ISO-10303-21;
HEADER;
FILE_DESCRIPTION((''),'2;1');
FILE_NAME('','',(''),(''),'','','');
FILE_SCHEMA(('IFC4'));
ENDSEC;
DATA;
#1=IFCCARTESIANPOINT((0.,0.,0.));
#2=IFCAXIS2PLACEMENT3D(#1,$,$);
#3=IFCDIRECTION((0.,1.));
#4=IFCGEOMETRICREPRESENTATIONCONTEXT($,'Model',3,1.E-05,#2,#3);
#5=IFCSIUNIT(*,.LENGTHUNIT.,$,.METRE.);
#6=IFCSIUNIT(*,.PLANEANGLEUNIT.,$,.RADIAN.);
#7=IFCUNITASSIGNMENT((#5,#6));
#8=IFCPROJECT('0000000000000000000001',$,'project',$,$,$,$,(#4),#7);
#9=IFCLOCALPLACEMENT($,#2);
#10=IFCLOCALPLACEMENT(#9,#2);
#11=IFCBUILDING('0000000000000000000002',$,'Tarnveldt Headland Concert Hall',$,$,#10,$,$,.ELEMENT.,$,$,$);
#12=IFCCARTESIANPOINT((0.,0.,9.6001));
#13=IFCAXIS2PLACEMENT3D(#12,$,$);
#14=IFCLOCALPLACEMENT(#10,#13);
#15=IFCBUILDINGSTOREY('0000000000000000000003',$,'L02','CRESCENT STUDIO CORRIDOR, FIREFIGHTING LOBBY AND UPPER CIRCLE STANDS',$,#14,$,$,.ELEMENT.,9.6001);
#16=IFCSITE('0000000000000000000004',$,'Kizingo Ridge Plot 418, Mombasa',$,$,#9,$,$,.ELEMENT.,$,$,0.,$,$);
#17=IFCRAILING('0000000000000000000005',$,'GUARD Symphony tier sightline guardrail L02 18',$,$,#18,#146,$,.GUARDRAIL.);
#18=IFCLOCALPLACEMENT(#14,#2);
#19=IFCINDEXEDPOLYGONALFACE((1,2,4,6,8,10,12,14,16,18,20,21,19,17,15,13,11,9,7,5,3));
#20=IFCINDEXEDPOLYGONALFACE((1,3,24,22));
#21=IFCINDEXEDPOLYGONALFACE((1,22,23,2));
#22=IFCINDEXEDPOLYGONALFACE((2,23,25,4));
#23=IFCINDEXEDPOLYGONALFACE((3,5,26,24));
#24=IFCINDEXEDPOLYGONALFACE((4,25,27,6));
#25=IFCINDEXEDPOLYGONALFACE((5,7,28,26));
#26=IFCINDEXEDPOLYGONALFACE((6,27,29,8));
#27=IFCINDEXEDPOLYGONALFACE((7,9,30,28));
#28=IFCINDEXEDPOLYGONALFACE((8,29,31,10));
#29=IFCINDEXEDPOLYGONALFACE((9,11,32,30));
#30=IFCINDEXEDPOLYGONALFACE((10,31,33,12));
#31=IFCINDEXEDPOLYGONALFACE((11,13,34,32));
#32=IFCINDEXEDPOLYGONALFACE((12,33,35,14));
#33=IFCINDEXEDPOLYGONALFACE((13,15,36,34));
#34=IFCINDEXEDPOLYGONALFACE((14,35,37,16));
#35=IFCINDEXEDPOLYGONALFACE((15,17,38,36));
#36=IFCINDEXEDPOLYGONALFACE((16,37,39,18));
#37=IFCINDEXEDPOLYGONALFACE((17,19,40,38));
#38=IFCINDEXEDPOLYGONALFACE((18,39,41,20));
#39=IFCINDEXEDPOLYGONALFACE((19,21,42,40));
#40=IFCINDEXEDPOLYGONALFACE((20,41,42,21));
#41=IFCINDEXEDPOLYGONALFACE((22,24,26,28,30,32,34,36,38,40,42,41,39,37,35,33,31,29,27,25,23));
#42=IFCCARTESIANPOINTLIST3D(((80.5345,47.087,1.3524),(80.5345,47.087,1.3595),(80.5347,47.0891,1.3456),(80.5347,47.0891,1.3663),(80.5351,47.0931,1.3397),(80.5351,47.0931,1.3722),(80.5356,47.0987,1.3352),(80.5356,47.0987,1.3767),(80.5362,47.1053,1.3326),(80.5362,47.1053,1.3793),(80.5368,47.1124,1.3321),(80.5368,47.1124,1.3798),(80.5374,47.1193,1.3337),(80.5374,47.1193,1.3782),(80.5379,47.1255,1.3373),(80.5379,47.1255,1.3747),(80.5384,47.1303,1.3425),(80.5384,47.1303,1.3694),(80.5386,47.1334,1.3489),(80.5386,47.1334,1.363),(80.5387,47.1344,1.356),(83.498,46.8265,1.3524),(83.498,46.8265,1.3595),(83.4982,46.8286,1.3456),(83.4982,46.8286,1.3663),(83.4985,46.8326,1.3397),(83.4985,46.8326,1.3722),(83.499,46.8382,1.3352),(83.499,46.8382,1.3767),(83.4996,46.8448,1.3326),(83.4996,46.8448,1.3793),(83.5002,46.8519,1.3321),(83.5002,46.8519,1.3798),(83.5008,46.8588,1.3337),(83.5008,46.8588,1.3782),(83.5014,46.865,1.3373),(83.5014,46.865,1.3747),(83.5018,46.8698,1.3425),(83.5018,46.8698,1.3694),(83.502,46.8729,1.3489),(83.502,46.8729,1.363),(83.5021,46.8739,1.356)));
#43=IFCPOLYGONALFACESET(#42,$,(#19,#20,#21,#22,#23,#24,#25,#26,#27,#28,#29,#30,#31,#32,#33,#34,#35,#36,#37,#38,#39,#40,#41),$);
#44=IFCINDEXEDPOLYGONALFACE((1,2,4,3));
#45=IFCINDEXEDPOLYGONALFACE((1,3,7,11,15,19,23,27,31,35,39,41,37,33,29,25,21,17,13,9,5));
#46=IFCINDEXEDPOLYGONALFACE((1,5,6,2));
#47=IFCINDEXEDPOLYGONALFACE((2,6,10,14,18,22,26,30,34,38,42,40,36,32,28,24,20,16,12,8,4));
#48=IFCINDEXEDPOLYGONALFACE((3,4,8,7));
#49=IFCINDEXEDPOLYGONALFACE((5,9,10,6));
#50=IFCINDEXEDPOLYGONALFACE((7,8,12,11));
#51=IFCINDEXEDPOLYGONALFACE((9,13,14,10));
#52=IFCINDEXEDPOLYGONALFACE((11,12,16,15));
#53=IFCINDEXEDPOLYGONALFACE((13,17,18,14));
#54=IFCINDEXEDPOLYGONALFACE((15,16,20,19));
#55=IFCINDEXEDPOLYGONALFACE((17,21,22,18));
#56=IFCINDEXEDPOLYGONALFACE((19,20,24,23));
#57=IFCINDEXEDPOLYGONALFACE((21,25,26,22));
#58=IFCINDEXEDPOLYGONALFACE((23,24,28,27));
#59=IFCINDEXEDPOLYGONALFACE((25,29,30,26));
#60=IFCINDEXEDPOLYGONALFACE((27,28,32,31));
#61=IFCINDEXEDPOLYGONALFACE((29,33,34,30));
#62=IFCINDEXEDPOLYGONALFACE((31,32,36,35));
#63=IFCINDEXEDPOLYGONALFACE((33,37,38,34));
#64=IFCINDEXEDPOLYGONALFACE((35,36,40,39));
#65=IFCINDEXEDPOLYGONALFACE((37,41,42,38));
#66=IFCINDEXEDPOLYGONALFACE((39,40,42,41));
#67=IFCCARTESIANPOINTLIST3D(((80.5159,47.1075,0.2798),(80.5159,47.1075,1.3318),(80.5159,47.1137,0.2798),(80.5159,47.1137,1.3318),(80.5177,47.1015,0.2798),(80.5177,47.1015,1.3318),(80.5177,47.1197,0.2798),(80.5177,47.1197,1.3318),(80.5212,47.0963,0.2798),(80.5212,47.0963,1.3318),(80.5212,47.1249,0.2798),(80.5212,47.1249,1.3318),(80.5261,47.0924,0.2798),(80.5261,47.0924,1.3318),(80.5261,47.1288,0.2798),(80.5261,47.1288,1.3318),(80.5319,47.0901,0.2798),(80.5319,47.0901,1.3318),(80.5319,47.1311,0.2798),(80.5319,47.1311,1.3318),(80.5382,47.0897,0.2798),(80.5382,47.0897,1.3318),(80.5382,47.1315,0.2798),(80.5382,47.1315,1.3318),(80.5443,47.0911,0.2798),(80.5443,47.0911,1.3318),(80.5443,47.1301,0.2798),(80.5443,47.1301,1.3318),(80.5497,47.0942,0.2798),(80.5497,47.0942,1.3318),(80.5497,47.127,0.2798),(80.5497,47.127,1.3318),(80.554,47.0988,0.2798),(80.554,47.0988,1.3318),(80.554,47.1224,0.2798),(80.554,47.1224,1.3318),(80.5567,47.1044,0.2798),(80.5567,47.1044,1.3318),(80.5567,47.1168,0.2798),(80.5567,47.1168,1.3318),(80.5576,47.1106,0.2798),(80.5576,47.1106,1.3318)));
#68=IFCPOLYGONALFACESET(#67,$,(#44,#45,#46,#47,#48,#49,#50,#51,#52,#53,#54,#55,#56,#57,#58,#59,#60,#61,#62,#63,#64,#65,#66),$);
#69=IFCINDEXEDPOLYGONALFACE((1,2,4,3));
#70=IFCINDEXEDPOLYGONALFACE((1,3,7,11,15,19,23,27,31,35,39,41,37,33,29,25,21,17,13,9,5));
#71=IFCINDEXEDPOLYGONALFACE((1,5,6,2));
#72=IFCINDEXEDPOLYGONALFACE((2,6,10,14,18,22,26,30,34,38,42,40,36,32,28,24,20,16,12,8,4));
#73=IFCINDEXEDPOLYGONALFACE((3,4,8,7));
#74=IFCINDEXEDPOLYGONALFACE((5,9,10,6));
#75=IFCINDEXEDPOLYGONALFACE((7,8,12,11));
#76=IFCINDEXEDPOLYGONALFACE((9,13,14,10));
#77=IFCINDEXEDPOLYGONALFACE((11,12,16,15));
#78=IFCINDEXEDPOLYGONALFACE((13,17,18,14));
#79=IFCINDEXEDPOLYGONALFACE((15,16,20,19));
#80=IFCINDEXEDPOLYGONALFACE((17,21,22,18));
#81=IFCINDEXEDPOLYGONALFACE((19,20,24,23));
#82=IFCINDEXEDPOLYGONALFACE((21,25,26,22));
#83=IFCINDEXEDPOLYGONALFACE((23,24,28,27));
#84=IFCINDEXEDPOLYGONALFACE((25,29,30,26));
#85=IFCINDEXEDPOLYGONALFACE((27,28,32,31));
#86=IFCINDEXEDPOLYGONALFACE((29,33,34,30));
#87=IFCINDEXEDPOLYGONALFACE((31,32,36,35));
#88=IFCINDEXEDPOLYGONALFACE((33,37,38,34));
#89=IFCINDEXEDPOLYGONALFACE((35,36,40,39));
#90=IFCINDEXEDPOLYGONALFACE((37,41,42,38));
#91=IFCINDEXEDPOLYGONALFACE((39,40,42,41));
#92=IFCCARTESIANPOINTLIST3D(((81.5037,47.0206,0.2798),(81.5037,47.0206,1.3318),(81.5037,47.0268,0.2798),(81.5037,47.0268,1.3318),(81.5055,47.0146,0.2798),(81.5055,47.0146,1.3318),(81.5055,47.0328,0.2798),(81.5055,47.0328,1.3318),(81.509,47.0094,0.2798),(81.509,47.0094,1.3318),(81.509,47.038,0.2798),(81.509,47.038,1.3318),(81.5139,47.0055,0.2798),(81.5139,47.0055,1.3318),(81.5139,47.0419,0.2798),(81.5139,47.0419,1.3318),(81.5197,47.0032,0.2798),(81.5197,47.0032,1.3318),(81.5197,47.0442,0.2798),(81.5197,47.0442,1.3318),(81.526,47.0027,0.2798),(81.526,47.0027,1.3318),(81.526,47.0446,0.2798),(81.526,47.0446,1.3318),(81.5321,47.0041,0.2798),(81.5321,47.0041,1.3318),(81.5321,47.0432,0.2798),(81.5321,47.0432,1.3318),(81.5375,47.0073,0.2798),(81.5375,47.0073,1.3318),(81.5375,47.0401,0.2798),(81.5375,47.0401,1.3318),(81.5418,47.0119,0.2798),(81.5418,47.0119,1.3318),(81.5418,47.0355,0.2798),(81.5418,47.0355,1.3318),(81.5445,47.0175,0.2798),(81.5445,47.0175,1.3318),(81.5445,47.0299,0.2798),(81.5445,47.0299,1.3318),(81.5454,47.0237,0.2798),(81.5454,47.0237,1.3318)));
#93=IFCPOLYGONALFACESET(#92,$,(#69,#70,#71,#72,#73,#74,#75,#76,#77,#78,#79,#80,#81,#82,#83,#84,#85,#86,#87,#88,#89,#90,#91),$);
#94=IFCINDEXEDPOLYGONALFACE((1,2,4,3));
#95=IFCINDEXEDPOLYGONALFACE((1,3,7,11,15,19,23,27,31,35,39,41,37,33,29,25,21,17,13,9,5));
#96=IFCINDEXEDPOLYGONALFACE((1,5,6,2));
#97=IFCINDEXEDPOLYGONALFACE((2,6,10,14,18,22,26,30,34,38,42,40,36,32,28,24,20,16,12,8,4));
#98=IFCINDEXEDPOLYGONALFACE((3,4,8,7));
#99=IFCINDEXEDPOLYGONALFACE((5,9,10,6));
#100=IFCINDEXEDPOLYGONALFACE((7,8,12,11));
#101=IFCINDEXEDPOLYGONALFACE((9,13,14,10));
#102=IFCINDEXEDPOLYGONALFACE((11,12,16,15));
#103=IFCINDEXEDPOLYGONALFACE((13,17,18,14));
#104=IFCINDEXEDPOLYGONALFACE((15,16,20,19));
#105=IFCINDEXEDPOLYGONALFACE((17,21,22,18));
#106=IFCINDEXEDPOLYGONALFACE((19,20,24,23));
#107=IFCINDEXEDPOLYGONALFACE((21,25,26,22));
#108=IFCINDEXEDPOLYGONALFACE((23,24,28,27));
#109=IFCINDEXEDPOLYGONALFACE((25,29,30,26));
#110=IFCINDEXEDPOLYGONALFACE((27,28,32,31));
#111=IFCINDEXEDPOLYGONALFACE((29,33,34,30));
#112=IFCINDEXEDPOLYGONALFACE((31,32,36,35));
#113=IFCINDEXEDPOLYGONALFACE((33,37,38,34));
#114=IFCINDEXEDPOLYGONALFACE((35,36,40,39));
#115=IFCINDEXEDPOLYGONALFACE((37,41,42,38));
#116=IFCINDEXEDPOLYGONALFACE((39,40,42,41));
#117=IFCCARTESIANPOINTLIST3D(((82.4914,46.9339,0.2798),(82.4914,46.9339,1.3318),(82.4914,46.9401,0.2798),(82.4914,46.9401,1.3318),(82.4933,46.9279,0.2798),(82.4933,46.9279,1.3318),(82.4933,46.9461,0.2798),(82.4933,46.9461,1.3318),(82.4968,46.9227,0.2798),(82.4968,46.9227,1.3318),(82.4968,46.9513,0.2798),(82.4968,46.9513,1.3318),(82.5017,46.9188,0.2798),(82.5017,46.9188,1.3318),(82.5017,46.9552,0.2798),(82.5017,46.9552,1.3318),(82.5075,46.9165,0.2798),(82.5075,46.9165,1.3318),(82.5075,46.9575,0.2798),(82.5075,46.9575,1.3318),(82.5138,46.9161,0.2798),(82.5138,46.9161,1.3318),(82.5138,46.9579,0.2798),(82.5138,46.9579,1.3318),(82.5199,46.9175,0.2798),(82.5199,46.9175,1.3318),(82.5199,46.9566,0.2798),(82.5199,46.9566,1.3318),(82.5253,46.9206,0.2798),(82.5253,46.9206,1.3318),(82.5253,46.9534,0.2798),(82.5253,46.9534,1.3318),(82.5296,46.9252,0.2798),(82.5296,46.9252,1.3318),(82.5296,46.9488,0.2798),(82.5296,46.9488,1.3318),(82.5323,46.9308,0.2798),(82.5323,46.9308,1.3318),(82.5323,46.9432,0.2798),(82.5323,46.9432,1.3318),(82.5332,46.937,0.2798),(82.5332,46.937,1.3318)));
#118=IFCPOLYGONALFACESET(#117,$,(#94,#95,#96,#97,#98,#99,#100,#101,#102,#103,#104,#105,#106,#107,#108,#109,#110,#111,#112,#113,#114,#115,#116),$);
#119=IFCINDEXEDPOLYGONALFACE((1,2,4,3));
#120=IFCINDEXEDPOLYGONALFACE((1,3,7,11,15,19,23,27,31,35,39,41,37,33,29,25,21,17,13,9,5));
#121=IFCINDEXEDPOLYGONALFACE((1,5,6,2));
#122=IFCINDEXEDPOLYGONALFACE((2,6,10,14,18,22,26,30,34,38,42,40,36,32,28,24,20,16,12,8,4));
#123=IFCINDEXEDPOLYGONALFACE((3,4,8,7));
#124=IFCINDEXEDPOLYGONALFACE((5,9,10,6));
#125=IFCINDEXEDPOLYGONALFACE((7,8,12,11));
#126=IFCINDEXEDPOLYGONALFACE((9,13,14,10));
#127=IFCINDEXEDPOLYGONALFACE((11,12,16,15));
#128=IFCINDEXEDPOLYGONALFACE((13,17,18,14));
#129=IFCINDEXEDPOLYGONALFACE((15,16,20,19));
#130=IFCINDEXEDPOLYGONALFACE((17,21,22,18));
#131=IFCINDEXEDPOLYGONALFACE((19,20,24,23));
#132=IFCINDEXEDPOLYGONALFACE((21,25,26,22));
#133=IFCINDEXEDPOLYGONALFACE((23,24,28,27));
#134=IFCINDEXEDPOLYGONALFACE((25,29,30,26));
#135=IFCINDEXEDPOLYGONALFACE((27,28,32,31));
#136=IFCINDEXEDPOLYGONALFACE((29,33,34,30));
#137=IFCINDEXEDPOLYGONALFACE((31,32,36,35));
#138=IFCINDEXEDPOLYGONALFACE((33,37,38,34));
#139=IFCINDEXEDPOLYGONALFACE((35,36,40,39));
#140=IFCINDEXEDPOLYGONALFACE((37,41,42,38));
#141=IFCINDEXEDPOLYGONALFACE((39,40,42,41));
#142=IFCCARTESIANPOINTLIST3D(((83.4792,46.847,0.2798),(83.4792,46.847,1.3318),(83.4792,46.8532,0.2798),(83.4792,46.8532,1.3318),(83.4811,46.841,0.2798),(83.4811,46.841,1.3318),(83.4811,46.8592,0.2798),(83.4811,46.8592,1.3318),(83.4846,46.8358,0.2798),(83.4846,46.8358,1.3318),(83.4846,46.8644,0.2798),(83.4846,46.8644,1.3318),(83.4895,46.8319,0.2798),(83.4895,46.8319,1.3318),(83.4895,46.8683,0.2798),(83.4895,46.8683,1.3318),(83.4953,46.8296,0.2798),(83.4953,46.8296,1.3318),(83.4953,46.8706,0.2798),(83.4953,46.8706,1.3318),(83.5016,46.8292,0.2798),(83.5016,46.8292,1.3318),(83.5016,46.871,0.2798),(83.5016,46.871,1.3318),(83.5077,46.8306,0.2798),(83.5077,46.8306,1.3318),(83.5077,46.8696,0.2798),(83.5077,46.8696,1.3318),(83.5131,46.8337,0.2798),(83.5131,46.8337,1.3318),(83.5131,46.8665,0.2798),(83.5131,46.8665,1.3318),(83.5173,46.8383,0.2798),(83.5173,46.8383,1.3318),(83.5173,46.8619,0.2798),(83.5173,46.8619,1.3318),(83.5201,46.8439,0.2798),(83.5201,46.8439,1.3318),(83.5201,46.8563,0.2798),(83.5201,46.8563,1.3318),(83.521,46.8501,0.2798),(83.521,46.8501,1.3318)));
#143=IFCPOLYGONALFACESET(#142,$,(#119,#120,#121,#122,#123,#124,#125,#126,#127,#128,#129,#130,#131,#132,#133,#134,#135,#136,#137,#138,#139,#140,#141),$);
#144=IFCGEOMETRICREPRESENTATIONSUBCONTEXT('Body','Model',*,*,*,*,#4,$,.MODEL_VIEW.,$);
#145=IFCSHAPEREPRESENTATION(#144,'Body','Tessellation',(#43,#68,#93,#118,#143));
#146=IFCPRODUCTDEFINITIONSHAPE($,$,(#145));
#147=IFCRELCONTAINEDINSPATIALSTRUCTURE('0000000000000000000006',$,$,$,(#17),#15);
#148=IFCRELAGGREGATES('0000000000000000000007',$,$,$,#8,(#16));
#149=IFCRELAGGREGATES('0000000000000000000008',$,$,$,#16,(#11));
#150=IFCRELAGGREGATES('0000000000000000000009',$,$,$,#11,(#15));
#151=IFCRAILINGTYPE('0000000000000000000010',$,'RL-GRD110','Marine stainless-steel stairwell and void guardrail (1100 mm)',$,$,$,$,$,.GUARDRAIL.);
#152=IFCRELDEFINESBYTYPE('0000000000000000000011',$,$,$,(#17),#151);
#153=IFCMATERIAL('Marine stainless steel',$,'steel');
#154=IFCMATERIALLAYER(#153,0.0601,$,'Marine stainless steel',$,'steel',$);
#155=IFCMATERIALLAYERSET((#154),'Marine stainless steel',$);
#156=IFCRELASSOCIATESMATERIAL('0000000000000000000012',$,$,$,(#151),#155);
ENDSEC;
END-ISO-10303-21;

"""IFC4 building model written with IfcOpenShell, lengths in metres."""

from ifc_helpers import new_model, si_unit, direction, frame, origin, origin_2d, place, context, subcontext, project, spatial, circle, extrude, material, layer, layer_set, type_object, element, save


model = new_model("IFC4")

# Units and contexts
model_context = context("Model", 3, precision=1e-05, world=origin(), true_north=direction((0.0, 1.0)))
body_context = subcontext(model_context, "Body", "Model", "MODEL_VIEW")
ifc_project = project(units=[si_unit("LENGTHUNIT", "METRE"), si_unit("PLANEANGLEUNIT", "RADIAN")], contexts=[model_context])

# Site, building, storey
site_placement = place(None, origin())
site = spatial("IfcSite", under=ifc_project, at=site_placement, Name="Kizingo Ridge Plot 418, Mombasa", CompositionType="ELEMENT", RefElevation=0.0)
building_placement = place(site_placement, origin())
building = spatial("IfcBuilding", under=site, at=building_placement, Name="Tarnveldt Headland Concert Hall", CompositionType="ELEMENT")
storey_placement = place(building_placement, frame((0.0, 0.0, 9.6001)))
storey = spatial("IfcBuildingStorey", under=building, at=storey_placement, Name="L02", Description="CRESCENT STUDIO CORRIDOR, FIREFIGHTING LOBBY AND UPPER CIRCLE STANDS", CompositionType="ELEMENT", Elevation=9.6001)

# Railing
ifc_material_1 = material(Name="Marine stainless steel", Category="steel")
ifc_layer_1 = layer(ifc_material_1, 0.0601, Name="Marine stainless steel", Category="steel")
ifc_layer_set_1 = layer_set([ifc_layer_1], Name="Marine stainless steel")
railing_type = type_object("IfcRailingType", Name="RL-GRD110", Description="Marine stainless-steel stairwell and void guardrail (1100 mm)", PredefinedType="GUARDRAIL", material=ifc_layer_set_1)
railing_1_placement = place(storey_placement, frame((80.5366, 47.1106, 0.2798)))
element("IfcRailing", 1, at=railing_1_placement, inside=storey, type_object=railing_type, Name="GUARD Symphony tier sightline guardrail L02 18", PredefinedType="GUARDRAIL", context=body_context, shape_type="SweptSolid", body=[
    extrude(circle(Radius=0.0239, at=origin_2d()), frame((0.0, 0.0, 1.0762), z_axis=(0.996159, -0.087568, 0.0), x_axis=(0.087568, 0.996159, 0.0)), (0.0, 0.0, 1.0), 2.9749),
    extrude(circle(Radius=0.021, at=origin_2d()), origin(), (0.0, 0.0, 1.0), 1.052),
    extrude(circle(Radius=0.021, at=origin_2d()), frame((0.9878, -0.0869, 0.0)), (0.0, 0.0, 1.0), 1.052),
    extrude(circle(Radius=0.021, at=origin_2d()), frame((1.9756, -0.1736, 0.0)), (0.0, 0.0, 1.0), 1.052),
    extrude(circle(Radius=0.021, at=origin_2d()), frame((2.9634, -0.2605, 0.0)), (0.0, 0.0, 1.0), 1.052),
])

save(model, "model.ifc")
